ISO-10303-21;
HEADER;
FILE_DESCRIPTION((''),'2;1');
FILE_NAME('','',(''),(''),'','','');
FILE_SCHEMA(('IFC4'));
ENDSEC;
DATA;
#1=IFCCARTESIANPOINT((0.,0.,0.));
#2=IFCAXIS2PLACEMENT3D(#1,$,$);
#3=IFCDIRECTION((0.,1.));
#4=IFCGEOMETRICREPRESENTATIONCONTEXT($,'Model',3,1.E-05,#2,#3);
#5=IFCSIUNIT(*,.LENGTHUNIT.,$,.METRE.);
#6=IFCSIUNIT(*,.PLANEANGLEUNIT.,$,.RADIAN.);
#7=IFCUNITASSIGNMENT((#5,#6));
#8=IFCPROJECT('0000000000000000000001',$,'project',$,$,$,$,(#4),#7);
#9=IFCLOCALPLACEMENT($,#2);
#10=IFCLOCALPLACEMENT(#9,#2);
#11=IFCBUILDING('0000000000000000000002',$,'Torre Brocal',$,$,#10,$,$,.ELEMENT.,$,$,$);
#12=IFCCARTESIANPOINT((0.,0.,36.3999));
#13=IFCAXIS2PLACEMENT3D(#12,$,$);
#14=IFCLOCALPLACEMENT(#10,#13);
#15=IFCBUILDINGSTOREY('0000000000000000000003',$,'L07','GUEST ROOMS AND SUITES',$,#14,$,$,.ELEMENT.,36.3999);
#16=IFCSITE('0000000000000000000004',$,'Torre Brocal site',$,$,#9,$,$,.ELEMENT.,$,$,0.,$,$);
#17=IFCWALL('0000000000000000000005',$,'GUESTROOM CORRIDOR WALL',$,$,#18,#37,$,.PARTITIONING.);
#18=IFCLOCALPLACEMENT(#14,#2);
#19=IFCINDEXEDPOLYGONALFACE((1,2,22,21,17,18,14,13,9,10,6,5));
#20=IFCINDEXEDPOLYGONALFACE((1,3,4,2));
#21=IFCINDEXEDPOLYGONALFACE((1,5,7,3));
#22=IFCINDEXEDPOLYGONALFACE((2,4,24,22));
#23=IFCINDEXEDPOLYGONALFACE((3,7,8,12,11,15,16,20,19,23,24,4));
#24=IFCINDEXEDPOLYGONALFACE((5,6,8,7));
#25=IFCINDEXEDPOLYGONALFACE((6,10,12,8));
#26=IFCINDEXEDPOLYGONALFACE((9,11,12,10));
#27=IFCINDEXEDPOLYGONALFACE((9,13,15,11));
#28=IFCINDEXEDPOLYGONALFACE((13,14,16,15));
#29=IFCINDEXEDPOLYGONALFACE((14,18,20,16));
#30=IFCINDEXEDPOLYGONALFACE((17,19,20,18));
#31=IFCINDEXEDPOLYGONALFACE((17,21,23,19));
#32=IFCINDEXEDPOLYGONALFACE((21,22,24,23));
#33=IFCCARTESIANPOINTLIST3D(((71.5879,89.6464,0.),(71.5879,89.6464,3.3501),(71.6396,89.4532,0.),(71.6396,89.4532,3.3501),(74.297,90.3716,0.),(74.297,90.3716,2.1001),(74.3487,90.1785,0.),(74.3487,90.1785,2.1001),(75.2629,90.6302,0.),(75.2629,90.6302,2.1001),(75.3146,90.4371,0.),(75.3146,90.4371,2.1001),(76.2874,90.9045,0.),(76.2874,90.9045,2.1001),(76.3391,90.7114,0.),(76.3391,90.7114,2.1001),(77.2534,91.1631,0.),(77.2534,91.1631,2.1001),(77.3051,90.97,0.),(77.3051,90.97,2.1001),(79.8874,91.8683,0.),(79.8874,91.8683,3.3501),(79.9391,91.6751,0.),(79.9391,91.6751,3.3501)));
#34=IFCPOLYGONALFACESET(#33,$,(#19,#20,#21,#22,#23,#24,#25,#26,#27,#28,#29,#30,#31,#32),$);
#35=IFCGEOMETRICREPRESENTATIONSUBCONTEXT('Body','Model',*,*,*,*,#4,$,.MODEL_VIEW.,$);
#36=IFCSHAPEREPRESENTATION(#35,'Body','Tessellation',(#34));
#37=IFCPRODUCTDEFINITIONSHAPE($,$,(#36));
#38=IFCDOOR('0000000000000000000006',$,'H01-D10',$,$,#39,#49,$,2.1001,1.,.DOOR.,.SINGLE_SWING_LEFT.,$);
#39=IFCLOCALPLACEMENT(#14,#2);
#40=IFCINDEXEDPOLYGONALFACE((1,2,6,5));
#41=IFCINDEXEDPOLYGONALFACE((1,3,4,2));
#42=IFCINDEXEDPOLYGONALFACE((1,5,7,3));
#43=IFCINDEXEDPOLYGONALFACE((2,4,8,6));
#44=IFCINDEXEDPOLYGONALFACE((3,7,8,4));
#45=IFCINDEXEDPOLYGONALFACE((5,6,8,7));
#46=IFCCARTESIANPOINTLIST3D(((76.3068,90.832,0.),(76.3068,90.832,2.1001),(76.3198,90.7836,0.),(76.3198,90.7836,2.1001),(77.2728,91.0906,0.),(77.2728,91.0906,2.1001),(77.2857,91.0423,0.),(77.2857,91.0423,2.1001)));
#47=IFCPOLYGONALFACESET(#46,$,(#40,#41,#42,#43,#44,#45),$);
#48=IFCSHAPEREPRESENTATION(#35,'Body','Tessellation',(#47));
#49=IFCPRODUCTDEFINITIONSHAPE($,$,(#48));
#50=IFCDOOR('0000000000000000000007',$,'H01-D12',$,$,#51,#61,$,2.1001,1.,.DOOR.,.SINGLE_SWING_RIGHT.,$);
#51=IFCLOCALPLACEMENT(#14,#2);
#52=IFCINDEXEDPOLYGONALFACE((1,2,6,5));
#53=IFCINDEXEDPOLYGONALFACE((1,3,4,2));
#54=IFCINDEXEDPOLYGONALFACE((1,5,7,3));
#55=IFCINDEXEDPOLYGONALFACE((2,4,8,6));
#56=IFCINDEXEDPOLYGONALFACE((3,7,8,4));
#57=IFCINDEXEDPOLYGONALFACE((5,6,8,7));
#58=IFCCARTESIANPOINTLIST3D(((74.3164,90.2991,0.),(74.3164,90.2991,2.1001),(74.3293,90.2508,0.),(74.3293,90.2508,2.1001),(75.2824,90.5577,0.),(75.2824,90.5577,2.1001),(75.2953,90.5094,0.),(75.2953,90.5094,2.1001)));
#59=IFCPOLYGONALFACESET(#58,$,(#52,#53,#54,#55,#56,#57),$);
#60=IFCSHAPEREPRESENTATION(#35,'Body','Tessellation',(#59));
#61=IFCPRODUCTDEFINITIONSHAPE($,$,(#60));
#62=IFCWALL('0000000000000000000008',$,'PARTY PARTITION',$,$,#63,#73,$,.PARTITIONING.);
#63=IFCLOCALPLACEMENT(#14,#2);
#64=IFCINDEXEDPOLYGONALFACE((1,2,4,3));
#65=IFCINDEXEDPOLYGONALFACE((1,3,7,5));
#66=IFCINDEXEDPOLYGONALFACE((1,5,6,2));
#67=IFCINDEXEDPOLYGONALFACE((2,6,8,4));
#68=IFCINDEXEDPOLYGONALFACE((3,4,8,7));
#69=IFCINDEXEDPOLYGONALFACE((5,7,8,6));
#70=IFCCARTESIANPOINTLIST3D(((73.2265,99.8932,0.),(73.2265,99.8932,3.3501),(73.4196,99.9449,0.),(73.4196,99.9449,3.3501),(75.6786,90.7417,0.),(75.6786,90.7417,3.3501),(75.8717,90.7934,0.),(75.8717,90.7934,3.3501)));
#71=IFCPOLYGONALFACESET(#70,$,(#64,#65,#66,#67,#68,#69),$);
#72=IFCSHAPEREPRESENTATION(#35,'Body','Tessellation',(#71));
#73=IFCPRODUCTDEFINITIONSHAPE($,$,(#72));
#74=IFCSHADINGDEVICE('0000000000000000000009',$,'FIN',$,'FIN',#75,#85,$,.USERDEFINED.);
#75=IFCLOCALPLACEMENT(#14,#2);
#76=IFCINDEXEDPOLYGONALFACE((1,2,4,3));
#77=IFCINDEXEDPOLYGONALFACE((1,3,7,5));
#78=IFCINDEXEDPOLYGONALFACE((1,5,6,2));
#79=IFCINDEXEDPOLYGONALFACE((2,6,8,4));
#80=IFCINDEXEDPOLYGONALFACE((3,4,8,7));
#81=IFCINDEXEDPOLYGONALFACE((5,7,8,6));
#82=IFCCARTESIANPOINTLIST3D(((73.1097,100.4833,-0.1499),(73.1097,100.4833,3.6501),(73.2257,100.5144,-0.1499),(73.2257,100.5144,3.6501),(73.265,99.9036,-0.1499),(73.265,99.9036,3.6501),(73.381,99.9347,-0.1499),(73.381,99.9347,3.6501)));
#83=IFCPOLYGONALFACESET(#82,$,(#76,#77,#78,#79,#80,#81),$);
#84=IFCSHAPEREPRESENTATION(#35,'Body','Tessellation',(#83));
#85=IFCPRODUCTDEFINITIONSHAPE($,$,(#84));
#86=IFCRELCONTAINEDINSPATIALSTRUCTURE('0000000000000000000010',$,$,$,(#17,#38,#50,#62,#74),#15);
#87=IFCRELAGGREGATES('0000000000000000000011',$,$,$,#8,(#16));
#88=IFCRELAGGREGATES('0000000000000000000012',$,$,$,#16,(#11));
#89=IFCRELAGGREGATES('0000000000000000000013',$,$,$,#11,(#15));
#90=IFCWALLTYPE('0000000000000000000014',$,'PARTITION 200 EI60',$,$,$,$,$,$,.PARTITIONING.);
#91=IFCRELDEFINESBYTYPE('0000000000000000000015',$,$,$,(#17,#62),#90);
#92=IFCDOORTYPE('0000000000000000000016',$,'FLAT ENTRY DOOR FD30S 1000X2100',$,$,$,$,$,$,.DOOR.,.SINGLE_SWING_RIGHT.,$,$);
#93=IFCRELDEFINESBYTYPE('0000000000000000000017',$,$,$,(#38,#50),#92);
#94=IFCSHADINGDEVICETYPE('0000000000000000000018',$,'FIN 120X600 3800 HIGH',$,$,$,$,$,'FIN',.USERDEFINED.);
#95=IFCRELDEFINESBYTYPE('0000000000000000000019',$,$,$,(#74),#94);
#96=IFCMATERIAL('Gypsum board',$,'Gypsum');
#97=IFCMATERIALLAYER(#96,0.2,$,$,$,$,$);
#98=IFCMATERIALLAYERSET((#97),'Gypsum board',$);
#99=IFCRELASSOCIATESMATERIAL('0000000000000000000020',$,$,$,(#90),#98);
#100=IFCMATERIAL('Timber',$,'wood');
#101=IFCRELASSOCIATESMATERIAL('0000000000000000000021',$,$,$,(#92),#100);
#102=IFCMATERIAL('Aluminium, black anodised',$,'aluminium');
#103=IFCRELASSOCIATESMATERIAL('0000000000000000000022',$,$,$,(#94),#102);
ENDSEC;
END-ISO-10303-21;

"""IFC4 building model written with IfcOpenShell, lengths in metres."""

from ifc_helpers import new_model, si_unit, direction, frame, frame_2d, origin, origin_2d, place, context, subcontext, project, spatial, rectangle, extrude, material, layer, layer_set, material_profile, profile_set, type_object, element, fill, save


model = new_model("IFC4")

# Units and contexts
model_context = context("Model", 3, precision=1e-05, world=origin(), true_north=direction((0.0, 1.0)))
body_context = subcontext(model_context, "Body", "Model", "MODEL_VIEW")
ifc_project = project(units=[si_unit("LENGTHUNIT", "METRE"), si_unit("PLANEANGLEUNIT", "RADIAN")], contexts=[model_context])

# Site, building, storey
site_placement = place(None, origin())
site = spatial("IfcSite", under=ifc_project, at=site_placement, Name="Torre Brocal site", CompositionType="ELEMENT", RefElevation=0.0)
building_placement = place(site_placement, origin())
building = spatial("IfcBuilding", under=site, at=building_placement, Name="Torre Brocal", CompositionType="ELEMENT")
storey_placement = place(building_placement, frame((0.0, 0.0, 36.3999)))
storey = spatial("IfcBuildingStorey", under=building, at=storey_placement, Name="L07", Description="GUEST ROOMS AND SUITES", CompositionType="ELEMENT", Elevation=36.3999)

# Wall, openings, doors
ifc_material_1 = material(Name="Gypsum board", Category="Gypsum")
ifc_layer_1 = layer(ifc_material_1, 0.2)
ifc_layer_set_1 = layer_set([ifc_layer_1], Name="Gypsum board")
wall_type_1 = type_object("IfcWallType", Name="PARTITION 200 EI60", PredefinedType="PARTITIONING", material=ifc_layer_set_1)
wall_1_placement = place(storey_placement, frame((71.6138, 89.5498, 0.0), z_axis=(0.0, 0.0, 1.0), x_axis=(0.965982, 0.258609, 0.0)))
wall_1 = element("IfcWall", 1, at=wall_1_placement, inside=storey, type_object=wall_type_1, Name="GUESTROOM CORRIDOR WALL", PredefinedType="PARTITIONING", context=body_context, shape_type="SweptSolid", body=[
    extrude(rectangle(XDim=8.5918, YDim=0.2, at=frame_2d((4.2959, 0.0))), origin(), (0.0, 0.0, 1.0), 3.3501),
])
opening_1_placement = place(wall_1_placement, frame((4.865, 0.0, 0.0)))
opening_1 = element("IfcOpeningElement", 2, at=opening_1_placement, cuts=wall_1, PredefinedType="OPENING", context=body_context, shape_type="SweptSolid", body=[
    extrude(rectangle(XDim=1.0, YDim=2.1001, at=frame_2d((0.5, 1.05))), frame((0.0, 0.1099, 0.0), z_axis=(0.0, -1.0, 0.0), x_axis=(1.0, 0.0, 0.0)), (0.0, 0.0, 1.0), 0.22),
])
opening_2_placement = place(wall_1_placement, frame((2.8044, 0.0, 0.0)))
opening_2 = element("IfcOpeningElement", 3, at=opening_2_placement, cuts=wall_1, PredefinedType="OPENING", context=body_context, shape_type="SweptSolid", body=[
    extrude(rectangle(XDim=1.0, YDim=2.1001, at=frame_2d((0.5, 1.05))), frame((0.0, 0.1099, 0.0), z_axis=(0.0, -1.0, 0.0), x_axis=(1.0, 0.0, 0.0)), (0.0, 0.0, 1.0), 0.22),
])
ifc_material_2 = material(Name="Timber", Category="wood")
door_type_1 = type_object("IfcDoorType", Name="FLAT ENTRY DOOR FD30S 1000X2100", OperationType="SINGLE_SWING_RIGHT", PredefinedType="DOOR", material=ifc_material_2)
door_1_placement = place(opening_1_placement, origin())
door_1 = element("IfcDoor", 4, at=door_1_placement, inside=storey, type_object=door_type_1, Name="H01-D10", OperationType="SINGLE_SWING_LEFT", OverallHeight=2.1001, OverallWidth=1.0, PredefinedType="DOOR", context=body_context, shape_type="SweptSolid", body=[
    extrude(rectangle(XDim=1.0, YDim=2.1001, at=frame_2d((0.5, 1.05))), frame((0.0, 0.0249, 0.0), z_axis=(0.0, -1.0, 0.0), x_axis=(1.0, 0.0, 0.0)), (0.0, 0.0, 1.0), 0.05),
])
fill(opening_1, door_1)
door_2_placement = place(opening_2_placement, origin())
door_2 = element("IfcDoor", 5, at=door_2_placement, inside=storey, type_object=door_type_1, Name="H01-D12", OperationType="SINGLE_SWING_RIGHT", OverallHeight=2.1001, OverallWidth=1.0, PredefinedType="DOOR", context=body_context, shape_type="SweptSolid", body=[
    extrude(rectangle(XDim=1.0, YDim=2.1001, at=frame_2d((0.5, 1.05))), frame((0.0, 0.0249, 0.0), z_axis=(0.0, -1.0, 0.0), x_axis=(1.0, 0.0, 0.0)), (0.0, 0.0, 1.0), 0.05),
])
fill(opening_2, door_2)

# Wall
wall_2_placement = place(storey_placement, frame((73.323, 99.9192, 0.0), z_axis=(0.0, 0.0, 1.0), x_axis=(0.258817, -0.965926, 0.0)))
element("IfcWall", 6, at=wall_2_placement, inside=storey, type_object=wall_type_1, Name="PARTY PARTITION", PredefinedType="PARTITIONING", context=body_context, shape_type="SweptSolid", body=[
    extrude(rectangle(XDim=9.4744, YDim=0.2, at=frame_2d((4.7373, 0.0))), origin(), (0.0, 0.0, 1.0), 3.3501),
])

# Shading device
ifc_material_3 = material(Name="Aluminium, black anodised", Category="aluminium")
ifc_material_profile_1 = material_profile(ifc_material_3, rectangle(XDim=0.1201, YDim=0.6001, at=origin_2d()), Name="FIN 120X600 3800 HIGH")
ifc_profile_set_1 = profile_set([ifc_material_profile_1], Name="Aluminium, black anodised")
shading_device_type = type_object("IfcShadingDeviceType", Name="FIN 120X600 3800 HIGH", ElementType="FIN", PredefinedType="USERDEFINED", material=ifc_profile_set_1)
shading_device_placement = place(storey_placement, frame((73.2454, 100.209, -0.1499), z_axis=(0.0, 0.0, 1.0), x_axis=(-0.965926, -0.258819, 0.0)))
element("IfcShadingDevice", 7, at=shading_device_placement, inside=storey, type_object=shading_device_type, Name="FIN", ObjectType="FIN", PredefinedType="USERDEFINED", context=body_context, shape_type="SweptSolid", body=[
    extrude(rectangle(XDim=0.1201, YDim=0.6001, at=origin_2d()), origin(), (0.0, 0.0, 1.0), 3.8),
])

save(model, "model.ifc")
